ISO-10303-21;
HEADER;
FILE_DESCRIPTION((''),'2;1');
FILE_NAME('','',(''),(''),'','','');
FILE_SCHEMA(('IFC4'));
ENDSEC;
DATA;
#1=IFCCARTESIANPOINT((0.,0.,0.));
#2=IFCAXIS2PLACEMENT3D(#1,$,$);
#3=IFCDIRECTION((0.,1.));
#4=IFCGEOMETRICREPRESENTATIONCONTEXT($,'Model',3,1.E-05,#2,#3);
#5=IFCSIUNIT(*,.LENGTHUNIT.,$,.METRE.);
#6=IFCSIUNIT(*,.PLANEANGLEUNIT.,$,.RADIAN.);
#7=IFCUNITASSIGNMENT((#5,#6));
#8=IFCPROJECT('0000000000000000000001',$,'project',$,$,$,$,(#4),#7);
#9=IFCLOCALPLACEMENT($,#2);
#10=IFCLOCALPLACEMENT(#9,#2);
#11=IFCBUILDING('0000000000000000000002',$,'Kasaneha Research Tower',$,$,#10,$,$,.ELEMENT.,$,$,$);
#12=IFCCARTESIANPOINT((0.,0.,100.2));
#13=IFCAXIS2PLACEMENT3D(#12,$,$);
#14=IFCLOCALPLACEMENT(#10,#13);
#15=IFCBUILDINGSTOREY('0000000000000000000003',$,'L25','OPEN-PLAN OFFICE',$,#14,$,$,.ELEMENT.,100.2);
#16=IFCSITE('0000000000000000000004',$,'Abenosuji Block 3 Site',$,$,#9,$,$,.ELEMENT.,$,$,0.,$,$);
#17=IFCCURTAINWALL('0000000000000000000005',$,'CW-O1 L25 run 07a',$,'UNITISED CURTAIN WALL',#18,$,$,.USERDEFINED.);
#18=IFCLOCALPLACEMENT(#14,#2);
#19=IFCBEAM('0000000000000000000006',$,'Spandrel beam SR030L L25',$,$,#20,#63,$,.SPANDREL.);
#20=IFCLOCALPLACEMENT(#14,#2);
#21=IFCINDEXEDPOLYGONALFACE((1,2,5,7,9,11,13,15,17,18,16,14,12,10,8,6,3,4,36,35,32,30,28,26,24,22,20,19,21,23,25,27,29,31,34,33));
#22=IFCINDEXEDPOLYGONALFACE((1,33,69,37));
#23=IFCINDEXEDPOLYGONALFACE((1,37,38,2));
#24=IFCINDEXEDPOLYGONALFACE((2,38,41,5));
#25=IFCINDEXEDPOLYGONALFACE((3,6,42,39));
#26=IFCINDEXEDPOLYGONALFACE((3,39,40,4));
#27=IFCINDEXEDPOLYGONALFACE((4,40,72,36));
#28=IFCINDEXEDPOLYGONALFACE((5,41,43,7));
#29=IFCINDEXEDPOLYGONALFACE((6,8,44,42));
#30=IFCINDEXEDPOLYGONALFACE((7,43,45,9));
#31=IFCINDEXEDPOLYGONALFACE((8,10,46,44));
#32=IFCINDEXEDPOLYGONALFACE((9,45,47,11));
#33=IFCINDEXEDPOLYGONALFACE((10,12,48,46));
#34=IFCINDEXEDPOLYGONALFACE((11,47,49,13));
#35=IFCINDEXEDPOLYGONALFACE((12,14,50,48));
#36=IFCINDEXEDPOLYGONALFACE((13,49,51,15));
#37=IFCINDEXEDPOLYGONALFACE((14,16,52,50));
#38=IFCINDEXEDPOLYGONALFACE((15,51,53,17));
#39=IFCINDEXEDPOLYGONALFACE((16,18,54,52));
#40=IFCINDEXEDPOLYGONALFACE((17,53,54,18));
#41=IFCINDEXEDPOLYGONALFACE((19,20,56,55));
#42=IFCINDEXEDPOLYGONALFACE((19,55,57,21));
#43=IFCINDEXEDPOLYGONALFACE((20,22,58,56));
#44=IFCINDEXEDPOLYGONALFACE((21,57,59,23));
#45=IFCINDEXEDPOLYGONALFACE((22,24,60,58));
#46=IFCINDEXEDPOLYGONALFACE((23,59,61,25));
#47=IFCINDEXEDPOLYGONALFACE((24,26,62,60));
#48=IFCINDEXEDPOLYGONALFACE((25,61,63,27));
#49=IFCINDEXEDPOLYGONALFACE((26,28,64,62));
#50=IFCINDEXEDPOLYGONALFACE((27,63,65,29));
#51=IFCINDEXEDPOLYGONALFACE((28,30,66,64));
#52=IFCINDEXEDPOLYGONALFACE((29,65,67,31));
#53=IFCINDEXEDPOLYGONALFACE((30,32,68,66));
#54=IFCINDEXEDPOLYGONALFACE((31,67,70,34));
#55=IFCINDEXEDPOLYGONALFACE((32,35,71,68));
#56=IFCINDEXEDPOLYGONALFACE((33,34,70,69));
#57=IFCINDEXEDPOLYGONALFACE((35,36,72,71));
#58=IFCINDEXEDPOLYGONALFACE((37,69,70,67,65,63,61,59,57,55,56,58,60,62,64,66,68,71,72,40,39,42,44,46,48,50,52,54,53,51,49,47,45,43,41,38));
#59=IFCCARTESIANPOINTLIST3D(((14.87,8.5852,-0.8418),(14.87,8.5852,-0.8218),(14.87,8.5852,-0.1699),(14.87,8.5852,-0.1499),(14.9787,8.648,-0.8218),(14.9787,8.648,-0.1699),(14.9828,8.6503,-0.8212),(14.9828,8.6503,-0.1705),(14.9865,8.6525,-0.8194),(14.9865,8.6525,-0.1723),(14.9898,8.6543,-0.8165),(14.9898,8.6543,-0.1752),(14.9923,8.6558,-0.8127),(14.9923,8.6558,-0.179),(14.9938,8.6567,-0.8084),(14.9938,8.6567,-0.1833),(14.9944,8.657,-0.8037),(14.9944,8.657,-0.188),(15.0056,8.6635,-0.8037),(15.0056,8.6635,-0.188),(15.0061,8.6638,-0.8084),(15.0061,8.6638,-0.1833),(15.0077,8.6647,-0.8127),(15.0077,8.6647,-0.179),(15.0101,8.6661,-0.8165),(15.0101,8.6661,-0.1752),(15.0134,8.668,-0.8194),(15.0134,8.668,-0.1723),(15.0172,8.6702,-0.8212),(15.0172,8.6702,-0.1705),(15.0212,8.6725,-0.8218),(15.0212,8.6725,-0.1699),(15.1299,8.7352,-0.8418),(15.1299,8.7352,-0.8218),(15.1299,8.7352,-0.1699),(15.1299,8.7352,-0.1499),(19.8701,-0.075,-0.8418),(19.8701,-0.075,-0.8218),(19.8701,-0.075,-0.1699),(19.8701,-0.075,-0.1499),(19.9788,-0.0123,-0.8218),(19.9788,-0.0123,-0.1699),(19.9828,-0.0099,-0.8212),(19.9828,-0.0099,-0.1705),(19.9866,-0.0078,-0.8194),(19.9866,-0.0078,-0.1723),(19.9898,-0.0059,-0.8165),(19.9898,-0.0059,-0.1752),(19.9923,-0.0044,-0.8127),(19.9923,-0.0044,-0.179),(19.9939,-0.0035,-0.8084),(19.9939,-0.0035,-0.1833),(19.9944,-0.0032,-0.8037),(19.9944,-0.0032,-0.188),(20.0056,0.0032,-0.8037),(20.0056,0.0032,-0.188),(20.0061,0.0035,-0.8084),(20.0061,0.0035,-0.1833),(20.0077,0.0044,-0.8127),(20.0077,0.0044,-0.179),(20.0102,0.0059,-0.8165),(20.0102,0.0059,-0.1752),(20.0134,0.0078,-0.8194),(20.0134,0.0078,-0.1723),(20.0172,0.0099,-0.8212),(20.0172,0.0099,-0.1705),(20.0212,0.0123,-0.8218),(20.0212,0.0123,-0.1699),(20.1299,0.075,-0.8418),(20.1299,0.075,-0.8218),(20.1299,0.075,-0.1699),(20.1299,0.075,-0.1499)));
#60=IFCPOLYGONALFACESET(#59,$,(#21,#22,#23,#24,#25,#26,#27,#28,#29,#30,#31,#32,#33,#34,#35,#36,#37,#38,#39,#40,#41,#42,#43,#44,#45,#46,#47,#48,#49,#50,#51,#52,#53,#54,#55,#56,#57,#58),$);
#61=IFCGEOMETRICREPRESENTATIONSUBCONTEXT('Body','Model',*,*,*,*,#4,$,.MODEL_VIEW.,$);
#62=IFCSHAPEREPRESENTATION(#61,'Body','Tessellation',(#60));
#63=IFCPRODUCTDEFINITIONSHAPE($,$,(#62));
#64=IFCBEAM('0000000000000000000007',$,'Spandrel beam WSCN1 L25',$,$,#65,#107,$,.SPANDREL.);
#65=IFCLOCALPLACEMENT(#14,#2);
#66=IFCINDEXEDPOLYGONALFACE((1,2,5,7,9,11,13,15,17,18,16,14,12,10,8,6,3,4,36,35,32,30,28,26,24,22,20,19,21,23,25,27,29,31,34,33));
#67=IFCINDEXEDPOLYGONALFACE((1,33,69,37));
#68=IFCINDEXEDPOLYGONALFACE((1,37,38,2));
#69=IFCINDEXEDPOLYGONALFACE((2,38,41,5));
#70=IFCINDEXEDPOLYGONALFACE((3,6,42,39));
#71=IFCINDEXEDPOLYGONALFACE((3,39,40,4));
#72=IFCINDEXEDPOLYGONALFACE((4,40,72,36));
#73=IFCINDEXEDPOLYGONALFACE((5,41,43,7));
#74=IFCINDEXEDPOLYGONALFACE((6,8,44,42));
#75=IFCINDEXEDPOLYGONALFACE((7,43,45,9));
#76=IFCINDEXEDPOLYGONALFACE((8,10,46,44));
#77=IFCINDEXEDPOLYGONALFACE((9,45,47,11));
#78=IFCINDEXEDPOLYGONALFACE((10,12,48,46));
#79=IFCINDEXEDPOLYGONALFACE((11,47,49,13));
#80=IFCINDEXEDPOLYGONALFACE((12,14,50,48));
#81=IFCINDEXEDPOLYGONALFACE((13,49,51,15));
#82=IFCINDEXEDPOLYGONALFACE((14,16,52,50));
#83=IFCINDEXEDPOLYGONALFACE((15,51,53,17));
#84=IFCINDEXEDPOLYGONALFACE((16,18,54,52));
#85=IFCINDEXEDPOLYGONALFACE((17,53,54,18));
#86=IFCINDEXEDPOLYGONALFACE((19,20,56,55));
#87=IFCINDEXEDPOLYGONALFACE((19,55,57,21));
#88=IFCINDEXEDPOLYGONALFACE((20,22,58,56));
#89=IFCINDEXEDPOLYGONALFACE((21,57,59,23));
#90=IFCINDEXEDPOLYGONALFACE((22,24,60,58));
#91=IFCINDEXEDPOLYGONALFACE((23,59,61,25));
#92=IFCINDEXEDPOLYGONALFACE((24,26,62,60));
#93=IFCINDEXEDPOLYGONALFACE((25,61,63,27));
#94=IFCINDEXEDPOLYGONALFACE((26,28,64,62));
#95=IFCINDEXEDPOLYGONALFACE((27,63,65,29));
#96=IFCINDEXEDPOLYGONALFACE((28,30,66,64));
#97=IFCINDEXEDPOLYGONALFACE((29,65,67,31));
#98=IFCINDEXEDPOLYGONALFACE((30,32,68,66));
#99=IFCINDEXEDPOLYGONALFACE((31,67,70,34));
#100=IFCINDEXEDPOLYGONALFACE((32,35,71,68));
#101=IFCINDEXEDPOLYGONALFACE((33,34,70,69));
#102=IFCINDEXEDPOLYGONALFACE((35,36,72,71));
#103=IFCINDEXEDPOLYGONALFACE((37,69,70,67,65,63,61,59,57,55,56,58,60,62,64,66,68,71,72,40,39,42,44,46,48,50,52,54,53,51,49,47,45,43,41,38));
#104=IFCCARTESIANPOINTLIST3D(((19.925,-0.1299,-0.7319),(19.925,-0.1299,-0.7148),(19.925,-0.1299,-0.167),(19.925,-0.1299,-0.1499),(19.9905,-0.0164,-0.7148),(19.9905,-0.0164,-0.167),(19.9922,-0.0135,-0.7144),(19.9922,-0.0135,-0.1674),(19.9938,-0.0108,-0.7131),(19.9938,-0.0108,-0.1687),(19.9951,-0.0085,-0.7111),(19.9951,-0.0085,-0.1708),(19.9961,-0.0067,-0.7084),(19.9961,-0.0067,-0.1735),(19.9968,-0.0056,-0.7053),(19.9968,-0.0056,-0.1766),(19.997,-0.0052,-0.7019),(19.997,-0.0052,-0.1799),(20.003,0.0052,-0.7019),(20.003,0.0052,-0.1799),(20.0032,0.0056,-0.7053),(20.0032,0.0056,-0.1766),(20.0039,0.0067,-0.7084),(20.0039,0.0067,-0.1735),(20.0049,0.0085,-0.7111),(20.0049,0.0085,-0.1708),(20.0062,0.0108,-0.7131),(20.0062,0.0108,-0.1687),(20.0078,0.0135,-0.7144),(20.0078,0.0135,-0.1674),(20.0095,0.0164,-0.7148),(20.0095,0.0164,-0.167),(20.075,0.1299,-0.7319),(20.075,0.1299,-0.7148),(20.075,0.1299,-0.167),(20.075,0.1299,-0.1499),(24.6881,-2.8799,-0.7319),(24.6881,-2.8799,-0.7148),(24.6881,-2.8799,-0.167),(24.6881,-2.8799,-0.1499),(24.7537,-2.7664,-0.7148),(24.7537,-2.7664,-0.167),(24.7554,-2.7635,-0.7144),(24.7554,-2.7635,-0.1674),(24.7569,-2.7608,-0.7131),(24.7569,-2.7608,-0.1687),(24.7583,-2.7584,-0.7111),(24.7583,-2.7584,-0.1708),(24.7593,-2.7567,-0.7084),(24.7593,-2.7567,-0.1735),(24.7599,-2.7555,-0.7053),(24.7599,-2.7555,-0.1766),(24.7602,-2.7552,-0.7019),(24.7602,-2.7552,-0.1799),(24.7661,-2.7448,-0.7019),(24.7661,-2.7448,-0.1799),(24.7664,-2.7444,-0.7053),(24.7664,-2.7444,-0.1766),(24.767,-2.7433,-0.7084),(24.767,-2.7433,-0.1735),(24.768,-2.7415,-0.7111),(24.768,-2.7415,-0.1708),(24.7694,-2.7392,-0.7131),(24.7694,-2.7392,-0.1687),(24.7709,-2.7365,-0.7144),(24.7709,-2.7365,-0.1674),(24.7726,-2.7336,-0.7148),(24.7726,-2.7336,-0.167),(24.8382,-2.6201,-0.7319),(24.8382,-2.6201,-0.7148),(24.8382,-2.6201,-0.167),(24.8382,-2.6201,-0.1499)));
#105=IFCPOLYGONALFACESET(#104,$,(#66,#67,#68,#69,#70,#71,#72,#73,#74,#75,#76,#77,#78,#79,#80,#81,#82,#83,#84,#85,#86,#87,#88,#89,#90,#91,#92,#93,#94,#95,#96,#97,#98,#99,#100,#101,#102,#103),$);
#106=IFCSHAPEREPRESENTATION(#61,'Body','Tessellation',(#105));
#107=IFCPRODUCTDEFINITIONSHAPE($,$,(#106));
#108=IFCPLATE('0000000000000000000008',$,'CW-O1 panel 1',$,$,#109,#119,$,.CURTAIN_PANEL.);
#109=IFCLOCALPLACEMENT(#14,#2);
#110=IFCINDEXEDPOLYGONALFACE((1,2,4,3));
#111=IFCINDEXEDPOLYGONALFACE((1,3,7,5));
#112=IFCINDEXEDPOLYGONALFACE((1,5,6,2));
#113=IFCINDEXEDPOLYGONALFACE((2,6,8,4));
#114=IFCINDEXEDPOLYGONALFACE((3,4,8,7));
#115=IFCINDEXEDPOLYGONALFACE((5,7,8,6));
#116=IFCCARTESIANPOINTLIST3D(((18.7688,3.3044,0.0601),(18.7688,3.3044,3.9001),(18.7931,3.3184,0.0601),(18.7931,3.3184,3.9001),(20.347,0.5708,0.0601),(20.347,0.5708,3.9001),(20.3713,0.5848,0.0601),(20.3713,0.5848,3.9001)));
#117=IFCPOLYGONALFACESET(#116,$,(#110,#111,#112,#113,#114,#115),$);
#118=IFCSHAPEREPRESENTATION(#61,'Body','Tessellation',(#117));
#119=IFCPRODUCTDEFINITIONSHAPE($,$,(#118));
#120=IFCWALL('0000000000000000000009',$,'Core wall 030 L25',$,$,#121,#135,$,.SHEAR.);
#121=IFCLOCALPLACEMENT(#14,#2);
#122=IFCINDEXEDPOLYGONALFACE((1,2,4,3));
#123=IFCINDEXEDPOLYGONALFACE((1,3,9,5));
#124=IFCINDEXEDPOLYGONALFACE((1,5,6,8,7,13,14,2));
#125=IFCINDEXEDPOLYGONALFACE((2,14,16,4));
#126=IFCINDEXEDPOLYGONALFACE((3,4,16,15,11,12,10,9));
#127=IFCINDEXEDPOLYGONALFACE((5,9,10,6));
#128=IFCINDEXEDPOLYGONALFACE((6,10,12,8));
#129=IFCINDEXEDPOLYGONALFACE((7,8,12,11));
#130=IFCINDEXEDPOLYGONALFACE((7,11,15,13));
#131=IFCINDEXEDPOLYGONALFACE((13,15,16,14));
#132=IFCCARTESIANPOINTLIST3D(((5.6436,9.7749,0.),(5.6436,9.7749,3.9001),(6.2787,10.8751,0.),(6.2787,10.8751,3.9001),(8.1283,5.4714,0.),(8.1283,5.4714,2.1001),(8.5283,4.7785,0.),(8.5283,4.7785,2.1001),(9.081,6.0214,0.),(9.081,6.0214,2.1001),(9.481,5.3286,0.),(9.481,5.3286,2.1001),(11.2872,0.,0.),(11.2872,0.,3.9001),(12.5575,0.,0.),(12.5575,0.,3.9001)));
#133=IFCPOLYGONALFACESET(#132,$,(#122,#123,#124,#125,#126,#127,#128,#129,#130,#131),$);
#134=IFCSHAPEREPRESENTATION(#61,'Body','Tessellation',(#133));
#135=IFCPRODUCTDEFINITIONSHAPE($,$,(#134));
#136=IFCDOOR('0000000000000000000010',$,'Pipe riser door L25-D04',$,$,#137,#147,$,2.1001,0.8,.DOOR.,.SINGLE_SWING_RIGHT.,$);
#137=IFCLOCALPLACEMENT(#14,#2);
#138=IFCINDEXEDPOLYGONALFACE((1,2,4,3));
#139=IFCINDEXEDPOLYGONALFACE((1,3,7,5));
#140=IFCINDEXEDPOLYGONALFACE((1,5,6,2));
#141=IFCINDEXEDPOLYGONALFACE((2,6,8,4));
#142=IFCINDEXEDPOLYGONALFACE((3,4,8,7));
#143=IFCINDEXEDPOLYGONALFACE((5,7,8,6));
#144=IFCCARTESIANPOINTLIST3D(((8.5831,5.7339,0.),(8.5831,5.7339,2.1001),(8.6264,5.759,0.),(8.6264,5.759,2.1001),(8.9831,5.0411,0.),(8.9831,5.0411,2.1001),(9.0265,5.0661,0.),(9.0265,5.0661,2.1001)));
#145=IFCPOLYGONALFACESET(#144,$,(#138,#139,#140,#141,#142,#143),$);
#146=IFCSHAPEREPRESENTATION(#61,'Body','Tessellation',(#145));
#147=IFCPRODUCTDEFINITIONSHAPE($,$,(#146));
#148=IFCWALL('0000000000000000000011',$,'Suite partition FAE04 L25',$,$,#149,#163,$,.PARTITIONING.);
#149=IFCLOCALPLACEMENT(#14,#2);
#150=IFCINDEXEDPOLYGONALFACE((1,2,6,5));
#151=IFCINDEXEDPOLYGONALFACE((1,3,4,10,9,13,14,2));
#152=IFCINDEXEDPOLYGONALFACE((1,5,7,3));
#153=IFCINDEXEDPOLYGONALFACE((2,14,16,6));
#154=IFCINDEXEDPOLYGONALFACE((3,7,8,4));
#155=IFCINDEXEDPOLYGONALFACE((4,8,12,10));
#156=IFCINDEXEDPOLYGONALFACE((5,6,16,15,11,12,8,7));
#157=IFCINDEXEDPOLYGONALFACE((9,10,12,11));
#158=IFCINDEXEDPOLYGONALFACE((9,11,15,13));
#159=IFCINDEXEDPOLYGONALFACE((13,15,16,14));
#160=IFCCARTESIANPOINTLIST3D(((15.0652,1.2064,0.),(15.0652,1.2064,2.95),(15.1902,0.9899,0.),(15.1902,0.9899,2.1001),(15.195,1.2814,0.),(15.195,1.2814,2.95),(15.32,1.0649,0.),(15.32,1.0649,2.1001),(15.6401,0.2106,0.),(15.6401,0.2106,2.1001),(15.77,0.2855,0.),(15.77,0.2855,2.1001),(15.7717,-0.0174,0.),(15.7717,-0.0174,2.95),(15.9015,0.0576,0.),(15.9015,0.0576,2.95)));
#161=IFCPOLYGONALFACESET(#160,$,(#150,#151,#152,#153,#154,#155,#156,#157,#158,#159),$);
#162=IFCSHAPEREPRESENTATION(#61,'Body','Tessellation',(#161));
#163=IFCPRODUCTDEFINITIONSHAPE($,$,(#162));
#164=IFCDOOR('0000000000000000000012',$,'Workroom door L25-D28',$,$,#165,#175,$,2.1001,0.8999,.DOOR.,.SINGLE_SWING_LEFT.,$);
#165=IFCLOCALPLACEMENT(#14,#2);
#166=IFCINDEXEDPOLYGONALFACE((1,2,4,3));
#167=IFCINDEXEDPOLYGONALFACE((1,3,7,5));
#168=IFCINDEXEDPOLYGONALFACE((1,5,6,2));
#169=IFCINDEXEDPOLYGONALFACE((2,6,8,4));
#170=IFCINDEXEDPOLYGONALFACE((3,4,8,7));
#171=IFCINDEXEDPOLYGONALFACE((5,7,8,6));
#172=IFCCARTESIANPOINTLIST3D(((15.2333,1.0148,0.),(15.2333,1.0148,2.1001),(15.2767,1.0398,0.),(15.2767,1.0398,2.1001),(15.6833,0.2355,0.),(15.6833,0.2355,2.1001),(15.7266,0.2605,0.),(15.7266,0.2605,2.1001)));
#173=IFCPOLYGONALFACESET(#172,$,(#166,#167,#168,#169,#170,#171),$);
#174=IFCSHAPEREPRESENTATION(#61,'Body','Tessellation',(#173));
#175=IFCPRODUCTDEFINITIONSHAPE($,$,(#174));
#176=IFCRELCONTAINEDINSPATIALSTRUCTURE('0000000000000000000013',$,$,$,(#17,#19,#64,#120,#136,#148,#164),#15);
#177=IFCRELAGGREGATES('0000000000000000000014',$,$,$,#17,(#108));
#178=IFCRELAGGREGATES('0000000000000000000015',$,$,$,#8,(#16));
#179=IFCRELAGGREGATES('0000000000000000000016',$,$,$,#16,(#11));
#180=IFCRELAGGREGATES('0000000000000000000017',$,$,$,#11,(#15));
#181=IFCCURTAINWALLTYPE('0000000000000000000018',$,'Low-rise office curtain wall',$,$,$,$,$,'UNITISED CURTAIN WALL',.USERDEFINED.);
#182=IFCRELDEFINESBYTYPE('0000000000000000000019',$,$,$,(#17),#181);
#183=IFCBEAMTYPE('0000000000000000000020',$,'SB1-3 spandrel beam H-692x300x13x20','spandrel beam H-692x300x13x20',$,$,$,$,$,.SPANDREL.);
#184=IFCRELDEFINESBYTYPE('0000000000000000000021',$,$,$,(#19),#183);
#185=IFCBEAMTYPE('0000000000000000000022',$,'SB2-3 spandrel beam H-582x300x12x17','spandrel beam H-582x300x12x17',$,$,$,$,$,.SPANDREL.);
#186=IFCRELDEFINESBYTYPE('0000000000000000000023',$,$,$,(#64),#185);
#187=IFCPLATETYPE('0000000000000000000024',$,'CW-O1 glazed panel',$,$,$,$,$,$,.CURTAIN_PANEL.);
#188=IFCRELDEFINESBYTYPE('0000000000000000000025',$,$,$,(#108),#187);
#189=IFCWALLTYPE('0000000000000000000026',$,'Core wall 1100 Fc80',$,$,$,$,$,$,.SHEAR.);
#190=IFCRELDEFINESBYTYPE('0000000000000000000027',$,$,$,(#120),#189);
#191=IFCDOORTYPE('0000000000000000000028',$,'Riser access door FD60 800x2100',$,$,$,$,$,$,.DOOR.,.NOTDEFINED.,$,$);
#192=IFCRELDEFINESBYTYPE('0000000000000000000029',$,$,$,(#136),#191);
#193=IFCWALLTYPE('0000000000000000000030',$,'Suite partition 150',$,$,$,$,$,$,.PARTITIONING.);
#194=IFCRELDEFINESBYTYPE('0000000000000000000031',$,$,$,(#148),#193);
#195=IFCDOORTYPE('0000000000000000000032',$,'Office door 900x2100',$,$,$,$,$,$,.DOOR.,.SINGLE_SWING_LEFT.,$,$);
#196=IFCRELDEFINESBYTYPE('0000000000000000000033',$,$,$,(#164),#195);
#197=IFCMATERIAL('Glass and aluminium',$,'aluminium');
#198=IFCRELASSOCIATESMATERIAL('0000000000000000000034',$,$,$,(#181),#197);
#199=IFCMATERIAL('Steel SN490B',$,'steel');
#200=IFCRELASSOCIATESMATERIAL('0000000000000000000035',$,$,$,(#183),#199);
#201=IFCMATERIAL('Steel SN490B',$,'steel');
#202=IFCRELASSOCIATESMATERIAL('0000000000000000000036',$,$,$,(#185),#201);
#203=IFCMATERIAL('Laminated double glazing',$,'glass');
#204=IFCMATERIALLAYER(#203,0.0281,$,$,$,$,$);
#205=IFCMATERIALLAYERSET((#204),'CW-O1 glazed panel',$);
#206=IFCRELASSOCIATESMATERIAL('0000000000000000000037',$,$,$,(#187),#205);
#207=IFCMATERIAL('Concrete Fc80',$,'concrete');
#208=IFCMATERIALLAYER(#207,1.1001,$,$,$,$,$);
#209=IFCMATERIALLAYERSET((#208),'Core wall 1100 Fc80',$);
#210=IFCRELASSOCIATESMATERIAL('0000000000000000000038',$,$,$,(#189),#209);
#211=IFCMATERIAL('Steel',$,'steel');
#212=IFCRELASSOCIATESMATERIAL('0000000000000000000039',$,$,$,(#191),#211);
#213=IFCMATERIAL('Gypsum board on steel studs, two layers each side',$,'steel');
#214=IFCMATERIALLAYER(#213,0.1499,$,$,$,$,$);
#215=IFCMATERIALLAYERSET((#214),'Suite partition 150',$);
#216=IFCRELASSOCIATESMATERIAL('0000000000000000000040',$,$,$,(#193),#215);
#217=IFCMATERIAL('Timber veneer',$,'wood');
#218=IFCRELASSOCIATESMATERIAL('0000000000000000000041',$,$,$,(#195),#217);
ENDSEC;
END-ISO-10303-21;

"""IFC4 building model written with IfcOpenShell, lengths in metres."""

from ifc_helpers import new_model, si_unit, direction, frame, frame_2d, origin, origin_2d, place, context, subcontext, project, spatial, polyline, rectangle, i_section, outline, extrude, material, layer, layer_set, material_profile, profile_set, type_object, element, fill, aggregate, save


model = new_model("IFC4")

# Units and contexts
model_context = context("Model", 3, precision=1e-05, world=origin(), true_north=direction((0.0, 1.0)))
body_context = subcontext(model_context, "Body", "Model", "MODEL_VIEW")
ifc_project = project(units=[si_unit("LENGTHUNIT", "METRE"), si_unit("PLANEANGLEUNIT", "RADIAN")], contexts=[model_context])

# Site, building, storey
site_placement = place(None, origin())
site = spatial("IfcSite", under=ifc_project, at=site_placement, Name="Abenosuji Block 3 Site", CompositionType="ELEMENT", RefElevation=0.0)
building_placement = place(site_placement, origin())
building = spatial("IfcBuilding", under=site, at=building_placement, Name="Kasaneha Research Tower", CompositionType="ELEMENT")
storey_placement = place(building_placement, frame((0.0, 0.0, 100.2)))
storey = spatial("IfcBuildingStorey", under=building, at=storey_placement, Name="L25", Description="OPEN-PLAN OFFICE", CompositionType="ELEMENT", Elevation=100.2)

# Shared definitions
ifc_material_1 = material(Name="Glass and aluminium", Category="aluminium")
curtain_wall_type = type_object("IfcCurtainWallType", Name="Low-rise office curtain wall", ElementType="UNITISED CURTAIN WALL", PredefinedType="USERDEFINED", material=ifc_material_1)

# Curtain wall
curtain_wall_1_placement = place(storey_placement, origin())
curtain_wall_1 = element("IfcCurtainWall", 1, at=curtain_wall_1_placement, inside=storey, type_object=curtain_wall_type, Name="CW-O1 L25 run 07a", ObjectType="UNITISED CURTAIN WALL", PredefinedType="USERDEFINED")

# Beams
ifc_material_2 = material(Name="Steel SN490B", Category="steel")
ifc_material_profile_1 = material_profile(ifc_material_2, i_section(OverallWidth=0.3, OverallDepth=0.6919, WebThickness=0.0129, FlangeThickness=0.02, FilletRadius=0.0181, at=origin_2d()), Name="H-692x300x13x20")
ifc_profile_set_1 = profile_set([ifc_material_profile_1], Name="Steel SN490B")
beam_type_1 = type_object("IfcBeamType", Name="SB1-3 spandrel beam H-692x300x13x20", Description="spandrel beam H-692x300x13x20", PredefinedType="SPANDREL", material=ifc_profile_set_1)
beam_1_placement = place(storey_placement, frame((20.0, 0.0, -0.4958), z_axis=(-0.500004, 0.866023, 0.0), x_axis=(-0.866023, -0.500004, 0.0)))
element("IfcBeam", 2, at=beam_1_placement, inside=storey, type_object=beam_type_1, Name="Spandrel beam SR030L L25", PredefinedType="SPANDREL", context=body_context, shape_type="SweptSolid", body=[
    extrude(i_section(OverallWidth=0.3, OverallDepth=0.6919, WebThickness=0.0129, FlangeThickness=0.02, FilletRadius=0.0181, at=origin_2d()), origin(), (0.0, 0.0, 1.0), 10.0),
])
ifc_material_3 = material(Name="Steel SN490B", Category="steel")
ifc_material_profile_2 = material_profile(ifc_material_3, i_section(OverallWidth=0.3, OverallDepth=0.582, WebThickness=0.012, FlangeThickness=0.0171, FilletRadius=0.0129, at=origin_2d()), Name="H-582x300x12x17")
ifc_profile_set_2 = profile_set([ifc_material_profile_2], Name="Steel SN490B")
beam_type_2 = type_object("IfcBeamType", Name="SB2-3 spandrel beam H-582x300x12x17", Description="spandrel beam H-582x300x12x17", PredefinedType="SPANDREL", material=ifc_profile_set_2)
beam_2_placement = place(storey_placement, frame((20.0, 0.0, -0.4409), z_axis=(0.866027, -0.499997, 0.0), x_axis=(0.499997, 0.866027, 0.0)))
element("IfcBeam", 3, at=beam_2_placement, inside=storey, type_object=beam_type_2, Name="Spandrel beam WSCN1 L25", PredefinedType="SPANDREL", context=body_context, shape_type="SweptSolid", body=[
    extrude(i_section(OverallWidth=0.3, OverallDepth=0.582, WebThickness=0.012, FlangeThickness=0.0171, FilletRadius=0.0129, at=origin_2d()), origin(), (0.0, 0.0, 1.0), 5.5),
])

# Plate
ifc_material_4 = material(Name="Laminated double glazing", Category="glass")
ifc_layer_1 = layer(ifc_material_4, 0.0281)
ifc_layer_set_1 = layer_set([ifc_layer_1], Name="CW-O1 glazed panel")
plate_type = type_object("IfcPlateType", Name="CW-O1 glazed panel", PredefinedType="CURTAIN_PANEL", material=ifc_layer_set_1)
plate_placement = place(storey_placement, frame((19.5701, 1.9446, 0.0601), z_axis=(0.0, 0.0, 1.0), x_axis=(-0.5, 0.866025, 0.0)))
plate = element("IfcPlate", 4, at=plate_placement, type_object=plate_type, Name="CW-O1 panel 1", PredefinedType="CURTAIN_PANEL", context=body_context, shape_type="SweptSolid", body=[
    extrude(rectangle(XDim=3.1565, YDim=0.0281, at=origin_2d()), origin(), (0.0, 0.0, 1.0), 3.8401),
])
aggregate(curtain_wall_1, [plate])

# Walls, openings, doors
ifc_material_5 = material(Name="Concrete Fc80", Category="concrete")
ifc_layer_2 = layer(ifc_material_5, 1.1001)
ifc_layer_set_2 = layer_set([ifc_layer_2], Name="Core wall 1100 Fc80")
wall_type_1 = type_object("IfcWallType", Name="Core wall 1100 Fc80", PredefinedType="SHEAR", material=ifc_layer_set_2)
wall_1_placement = place(storey_placement, frame((11.9224, 0.0, 0.0), z_axis=(0.0, 0.0, 1.0), x_axis=(-0.500004, 0.866023, 0.0)))
wall_1 = element("IfcWall", 5, at=wall_1_placement, inside=storey, type_object=wall_type_1, Name="Core wall 030 L25", PredefinedType="SHEAR", context=body_context, shape_type="SweptSolid", body=[
    extrude(outline(polyline([(-0.3176, -0.55), (5.8354, -0.55), (6.6355, -0.55), (12.24, -0.55), (11.6047, 0.55), (6.6355, 0.55), (5.8354, 0.55), (0.3176, 0.55), (-0.3176, -0.55)])), origin(), (0.0, 0.0, 1.0), 3.9001),
])
opening_1_placement = place(wall_1_placement, frame((5.8354, 0.0, 0.0)))
opening_1 = element("IfcOpeningElement", 6, at=opening_1_placement, cuts=wall_1, PredefinedType="OPENING", context=body_context, shape_type="SweptSolid", body=[
    extrude(rectangle(XDim=0.8, YDim=2.1001, at=frame_2d((0.3999, 1.05))), frame((0.0, 0.5601, 0.0), z_axis=(0.0, -1.0, 0.0), x_axis=(1.0, 0.0, 0.0)), (0.0, 0.0, 1.0), 1.1201),
])
ifc_material_6 = material(Name="Steel", Category="steel")
door_type_1 = type_object("IfcDoorType", Name="Riser access door FD60 800x2100", OperationType="NOTDEFINED", PredefinedType="DOOR", material=ifc_material_6)
door_1_placement = place(opening_1_placement, origin())
door_1 = element("IfcDoor", 7, at=door_1_placement, inside=storey, type_object=door_type_1, Name="Pipe riser door L25-D04", OperationType="SINGLE_SWING_RIGHT", OverallHeight=2.1001, OverallWidth=0.8, PredefinedType="DOOR", context=body_context, shape_type="SweptSolid", body=[
    extrude(rectangle(XDim=0.8, YDim=2.1001, at=frame_2d((0.3999, 1.05))), frame((0.0, 0.0249, 0.0), z_axis=(0.0, -1.0, 0.0), x_axis=(1.0, 0.0, 0.0)), (0.0, 0.0, 1.0), 0.05),
])
fill(opening_1, door_1)
ifc_material_7 = material(Name="Gypsum board on steel studs, two layers each side", Category="steel")
ifc_layer_3 = layer(ifc_material_7, 0.1499)
ifc_layer_set_3 = layer_set([ifc_layer_3], Name="Suite partition 150")
wall_type_2 = type_object("IfcWallType", Name="Suite partition 150", PredefinedType="PARTITIONING", material=ifc_layer_set_3)
wall_2_placement = place(storey_placement, frame((15.1301, 1.2439, 0.0), z_axis=(0.0, 0.0, 1.0), x_axis=(0.499967, -0.866045, 0.0)))
wall_2 = element("IfcWall", 8, at=wall_2_placement, inside=storey, type_object=wall_type_2, Name="Suite partition FAE04 L25", PredefinedType="PARTITIONING", context=body_context, shape_type="SweptSolid", body=[
    extrude(rectangle(XDim=1.4131, YDim=0.1499, at=frame_2d((0.7065, 0.0))), origin(), (0.0, 0.0, 1.0), 2.95),
])
opening_2_placement = place(wall_2_placement, frame((0.25, 0.0, 0.0)))
opening_2 = element("IfcOpeningElement", 9, at=opening_2_placement, cuts=wall_2, PredefinedType="OPENING", context=body_context, shape_type="SweptSolid", body=[
    extrude(rectangle(XDim=0.8999, YDim=2.1001, at=frame_2d((0.45, 1.05))), frame((0.0, 0.085, 0.0), z_axis=(0.0, -1.0, 0.0), x_axis=(1.0, 0.0, 0.0)), (0.0, 0.0, 1.0), 0.1699),
])
ifc_material_8 = material(Name="Timber veneer", Category="wood")
door_type_2 = type_object("IfcDoorType", Name="Office door 900x2100", OperationType="SINGLE_SWING_LEFT", PredefinedType="DOOR", material=ifc_material_8)
door_2_placement = place(opening_2_placement, origin())
door_2 = element("IfcDoor", 10, at=door_2_placement, inside=storey, type_object=door_type_2, Name="Workroom door L25-D28", OperationType="SINGLE_SWING_LEFT", OverallHeight=2.1001, OverallWidth=0.8999, PredefinedType="DOOR", context=body_context, shape_type="SweptSolid", body=[
    extrude(rectangle(XDim=0.8999, YDim=2.1001, at=frame_2d((0.45, 1.05))), frame((0.0, 0.0249, 0.0), z_axis=(0.0, -1.0, 0.0), x_axis=(1.0, 0.0, 0.0)), (0.0, 0.0, 1.0), 0.05),
])
fill(opening_2, door_2)

save(model, "model.ifc")
